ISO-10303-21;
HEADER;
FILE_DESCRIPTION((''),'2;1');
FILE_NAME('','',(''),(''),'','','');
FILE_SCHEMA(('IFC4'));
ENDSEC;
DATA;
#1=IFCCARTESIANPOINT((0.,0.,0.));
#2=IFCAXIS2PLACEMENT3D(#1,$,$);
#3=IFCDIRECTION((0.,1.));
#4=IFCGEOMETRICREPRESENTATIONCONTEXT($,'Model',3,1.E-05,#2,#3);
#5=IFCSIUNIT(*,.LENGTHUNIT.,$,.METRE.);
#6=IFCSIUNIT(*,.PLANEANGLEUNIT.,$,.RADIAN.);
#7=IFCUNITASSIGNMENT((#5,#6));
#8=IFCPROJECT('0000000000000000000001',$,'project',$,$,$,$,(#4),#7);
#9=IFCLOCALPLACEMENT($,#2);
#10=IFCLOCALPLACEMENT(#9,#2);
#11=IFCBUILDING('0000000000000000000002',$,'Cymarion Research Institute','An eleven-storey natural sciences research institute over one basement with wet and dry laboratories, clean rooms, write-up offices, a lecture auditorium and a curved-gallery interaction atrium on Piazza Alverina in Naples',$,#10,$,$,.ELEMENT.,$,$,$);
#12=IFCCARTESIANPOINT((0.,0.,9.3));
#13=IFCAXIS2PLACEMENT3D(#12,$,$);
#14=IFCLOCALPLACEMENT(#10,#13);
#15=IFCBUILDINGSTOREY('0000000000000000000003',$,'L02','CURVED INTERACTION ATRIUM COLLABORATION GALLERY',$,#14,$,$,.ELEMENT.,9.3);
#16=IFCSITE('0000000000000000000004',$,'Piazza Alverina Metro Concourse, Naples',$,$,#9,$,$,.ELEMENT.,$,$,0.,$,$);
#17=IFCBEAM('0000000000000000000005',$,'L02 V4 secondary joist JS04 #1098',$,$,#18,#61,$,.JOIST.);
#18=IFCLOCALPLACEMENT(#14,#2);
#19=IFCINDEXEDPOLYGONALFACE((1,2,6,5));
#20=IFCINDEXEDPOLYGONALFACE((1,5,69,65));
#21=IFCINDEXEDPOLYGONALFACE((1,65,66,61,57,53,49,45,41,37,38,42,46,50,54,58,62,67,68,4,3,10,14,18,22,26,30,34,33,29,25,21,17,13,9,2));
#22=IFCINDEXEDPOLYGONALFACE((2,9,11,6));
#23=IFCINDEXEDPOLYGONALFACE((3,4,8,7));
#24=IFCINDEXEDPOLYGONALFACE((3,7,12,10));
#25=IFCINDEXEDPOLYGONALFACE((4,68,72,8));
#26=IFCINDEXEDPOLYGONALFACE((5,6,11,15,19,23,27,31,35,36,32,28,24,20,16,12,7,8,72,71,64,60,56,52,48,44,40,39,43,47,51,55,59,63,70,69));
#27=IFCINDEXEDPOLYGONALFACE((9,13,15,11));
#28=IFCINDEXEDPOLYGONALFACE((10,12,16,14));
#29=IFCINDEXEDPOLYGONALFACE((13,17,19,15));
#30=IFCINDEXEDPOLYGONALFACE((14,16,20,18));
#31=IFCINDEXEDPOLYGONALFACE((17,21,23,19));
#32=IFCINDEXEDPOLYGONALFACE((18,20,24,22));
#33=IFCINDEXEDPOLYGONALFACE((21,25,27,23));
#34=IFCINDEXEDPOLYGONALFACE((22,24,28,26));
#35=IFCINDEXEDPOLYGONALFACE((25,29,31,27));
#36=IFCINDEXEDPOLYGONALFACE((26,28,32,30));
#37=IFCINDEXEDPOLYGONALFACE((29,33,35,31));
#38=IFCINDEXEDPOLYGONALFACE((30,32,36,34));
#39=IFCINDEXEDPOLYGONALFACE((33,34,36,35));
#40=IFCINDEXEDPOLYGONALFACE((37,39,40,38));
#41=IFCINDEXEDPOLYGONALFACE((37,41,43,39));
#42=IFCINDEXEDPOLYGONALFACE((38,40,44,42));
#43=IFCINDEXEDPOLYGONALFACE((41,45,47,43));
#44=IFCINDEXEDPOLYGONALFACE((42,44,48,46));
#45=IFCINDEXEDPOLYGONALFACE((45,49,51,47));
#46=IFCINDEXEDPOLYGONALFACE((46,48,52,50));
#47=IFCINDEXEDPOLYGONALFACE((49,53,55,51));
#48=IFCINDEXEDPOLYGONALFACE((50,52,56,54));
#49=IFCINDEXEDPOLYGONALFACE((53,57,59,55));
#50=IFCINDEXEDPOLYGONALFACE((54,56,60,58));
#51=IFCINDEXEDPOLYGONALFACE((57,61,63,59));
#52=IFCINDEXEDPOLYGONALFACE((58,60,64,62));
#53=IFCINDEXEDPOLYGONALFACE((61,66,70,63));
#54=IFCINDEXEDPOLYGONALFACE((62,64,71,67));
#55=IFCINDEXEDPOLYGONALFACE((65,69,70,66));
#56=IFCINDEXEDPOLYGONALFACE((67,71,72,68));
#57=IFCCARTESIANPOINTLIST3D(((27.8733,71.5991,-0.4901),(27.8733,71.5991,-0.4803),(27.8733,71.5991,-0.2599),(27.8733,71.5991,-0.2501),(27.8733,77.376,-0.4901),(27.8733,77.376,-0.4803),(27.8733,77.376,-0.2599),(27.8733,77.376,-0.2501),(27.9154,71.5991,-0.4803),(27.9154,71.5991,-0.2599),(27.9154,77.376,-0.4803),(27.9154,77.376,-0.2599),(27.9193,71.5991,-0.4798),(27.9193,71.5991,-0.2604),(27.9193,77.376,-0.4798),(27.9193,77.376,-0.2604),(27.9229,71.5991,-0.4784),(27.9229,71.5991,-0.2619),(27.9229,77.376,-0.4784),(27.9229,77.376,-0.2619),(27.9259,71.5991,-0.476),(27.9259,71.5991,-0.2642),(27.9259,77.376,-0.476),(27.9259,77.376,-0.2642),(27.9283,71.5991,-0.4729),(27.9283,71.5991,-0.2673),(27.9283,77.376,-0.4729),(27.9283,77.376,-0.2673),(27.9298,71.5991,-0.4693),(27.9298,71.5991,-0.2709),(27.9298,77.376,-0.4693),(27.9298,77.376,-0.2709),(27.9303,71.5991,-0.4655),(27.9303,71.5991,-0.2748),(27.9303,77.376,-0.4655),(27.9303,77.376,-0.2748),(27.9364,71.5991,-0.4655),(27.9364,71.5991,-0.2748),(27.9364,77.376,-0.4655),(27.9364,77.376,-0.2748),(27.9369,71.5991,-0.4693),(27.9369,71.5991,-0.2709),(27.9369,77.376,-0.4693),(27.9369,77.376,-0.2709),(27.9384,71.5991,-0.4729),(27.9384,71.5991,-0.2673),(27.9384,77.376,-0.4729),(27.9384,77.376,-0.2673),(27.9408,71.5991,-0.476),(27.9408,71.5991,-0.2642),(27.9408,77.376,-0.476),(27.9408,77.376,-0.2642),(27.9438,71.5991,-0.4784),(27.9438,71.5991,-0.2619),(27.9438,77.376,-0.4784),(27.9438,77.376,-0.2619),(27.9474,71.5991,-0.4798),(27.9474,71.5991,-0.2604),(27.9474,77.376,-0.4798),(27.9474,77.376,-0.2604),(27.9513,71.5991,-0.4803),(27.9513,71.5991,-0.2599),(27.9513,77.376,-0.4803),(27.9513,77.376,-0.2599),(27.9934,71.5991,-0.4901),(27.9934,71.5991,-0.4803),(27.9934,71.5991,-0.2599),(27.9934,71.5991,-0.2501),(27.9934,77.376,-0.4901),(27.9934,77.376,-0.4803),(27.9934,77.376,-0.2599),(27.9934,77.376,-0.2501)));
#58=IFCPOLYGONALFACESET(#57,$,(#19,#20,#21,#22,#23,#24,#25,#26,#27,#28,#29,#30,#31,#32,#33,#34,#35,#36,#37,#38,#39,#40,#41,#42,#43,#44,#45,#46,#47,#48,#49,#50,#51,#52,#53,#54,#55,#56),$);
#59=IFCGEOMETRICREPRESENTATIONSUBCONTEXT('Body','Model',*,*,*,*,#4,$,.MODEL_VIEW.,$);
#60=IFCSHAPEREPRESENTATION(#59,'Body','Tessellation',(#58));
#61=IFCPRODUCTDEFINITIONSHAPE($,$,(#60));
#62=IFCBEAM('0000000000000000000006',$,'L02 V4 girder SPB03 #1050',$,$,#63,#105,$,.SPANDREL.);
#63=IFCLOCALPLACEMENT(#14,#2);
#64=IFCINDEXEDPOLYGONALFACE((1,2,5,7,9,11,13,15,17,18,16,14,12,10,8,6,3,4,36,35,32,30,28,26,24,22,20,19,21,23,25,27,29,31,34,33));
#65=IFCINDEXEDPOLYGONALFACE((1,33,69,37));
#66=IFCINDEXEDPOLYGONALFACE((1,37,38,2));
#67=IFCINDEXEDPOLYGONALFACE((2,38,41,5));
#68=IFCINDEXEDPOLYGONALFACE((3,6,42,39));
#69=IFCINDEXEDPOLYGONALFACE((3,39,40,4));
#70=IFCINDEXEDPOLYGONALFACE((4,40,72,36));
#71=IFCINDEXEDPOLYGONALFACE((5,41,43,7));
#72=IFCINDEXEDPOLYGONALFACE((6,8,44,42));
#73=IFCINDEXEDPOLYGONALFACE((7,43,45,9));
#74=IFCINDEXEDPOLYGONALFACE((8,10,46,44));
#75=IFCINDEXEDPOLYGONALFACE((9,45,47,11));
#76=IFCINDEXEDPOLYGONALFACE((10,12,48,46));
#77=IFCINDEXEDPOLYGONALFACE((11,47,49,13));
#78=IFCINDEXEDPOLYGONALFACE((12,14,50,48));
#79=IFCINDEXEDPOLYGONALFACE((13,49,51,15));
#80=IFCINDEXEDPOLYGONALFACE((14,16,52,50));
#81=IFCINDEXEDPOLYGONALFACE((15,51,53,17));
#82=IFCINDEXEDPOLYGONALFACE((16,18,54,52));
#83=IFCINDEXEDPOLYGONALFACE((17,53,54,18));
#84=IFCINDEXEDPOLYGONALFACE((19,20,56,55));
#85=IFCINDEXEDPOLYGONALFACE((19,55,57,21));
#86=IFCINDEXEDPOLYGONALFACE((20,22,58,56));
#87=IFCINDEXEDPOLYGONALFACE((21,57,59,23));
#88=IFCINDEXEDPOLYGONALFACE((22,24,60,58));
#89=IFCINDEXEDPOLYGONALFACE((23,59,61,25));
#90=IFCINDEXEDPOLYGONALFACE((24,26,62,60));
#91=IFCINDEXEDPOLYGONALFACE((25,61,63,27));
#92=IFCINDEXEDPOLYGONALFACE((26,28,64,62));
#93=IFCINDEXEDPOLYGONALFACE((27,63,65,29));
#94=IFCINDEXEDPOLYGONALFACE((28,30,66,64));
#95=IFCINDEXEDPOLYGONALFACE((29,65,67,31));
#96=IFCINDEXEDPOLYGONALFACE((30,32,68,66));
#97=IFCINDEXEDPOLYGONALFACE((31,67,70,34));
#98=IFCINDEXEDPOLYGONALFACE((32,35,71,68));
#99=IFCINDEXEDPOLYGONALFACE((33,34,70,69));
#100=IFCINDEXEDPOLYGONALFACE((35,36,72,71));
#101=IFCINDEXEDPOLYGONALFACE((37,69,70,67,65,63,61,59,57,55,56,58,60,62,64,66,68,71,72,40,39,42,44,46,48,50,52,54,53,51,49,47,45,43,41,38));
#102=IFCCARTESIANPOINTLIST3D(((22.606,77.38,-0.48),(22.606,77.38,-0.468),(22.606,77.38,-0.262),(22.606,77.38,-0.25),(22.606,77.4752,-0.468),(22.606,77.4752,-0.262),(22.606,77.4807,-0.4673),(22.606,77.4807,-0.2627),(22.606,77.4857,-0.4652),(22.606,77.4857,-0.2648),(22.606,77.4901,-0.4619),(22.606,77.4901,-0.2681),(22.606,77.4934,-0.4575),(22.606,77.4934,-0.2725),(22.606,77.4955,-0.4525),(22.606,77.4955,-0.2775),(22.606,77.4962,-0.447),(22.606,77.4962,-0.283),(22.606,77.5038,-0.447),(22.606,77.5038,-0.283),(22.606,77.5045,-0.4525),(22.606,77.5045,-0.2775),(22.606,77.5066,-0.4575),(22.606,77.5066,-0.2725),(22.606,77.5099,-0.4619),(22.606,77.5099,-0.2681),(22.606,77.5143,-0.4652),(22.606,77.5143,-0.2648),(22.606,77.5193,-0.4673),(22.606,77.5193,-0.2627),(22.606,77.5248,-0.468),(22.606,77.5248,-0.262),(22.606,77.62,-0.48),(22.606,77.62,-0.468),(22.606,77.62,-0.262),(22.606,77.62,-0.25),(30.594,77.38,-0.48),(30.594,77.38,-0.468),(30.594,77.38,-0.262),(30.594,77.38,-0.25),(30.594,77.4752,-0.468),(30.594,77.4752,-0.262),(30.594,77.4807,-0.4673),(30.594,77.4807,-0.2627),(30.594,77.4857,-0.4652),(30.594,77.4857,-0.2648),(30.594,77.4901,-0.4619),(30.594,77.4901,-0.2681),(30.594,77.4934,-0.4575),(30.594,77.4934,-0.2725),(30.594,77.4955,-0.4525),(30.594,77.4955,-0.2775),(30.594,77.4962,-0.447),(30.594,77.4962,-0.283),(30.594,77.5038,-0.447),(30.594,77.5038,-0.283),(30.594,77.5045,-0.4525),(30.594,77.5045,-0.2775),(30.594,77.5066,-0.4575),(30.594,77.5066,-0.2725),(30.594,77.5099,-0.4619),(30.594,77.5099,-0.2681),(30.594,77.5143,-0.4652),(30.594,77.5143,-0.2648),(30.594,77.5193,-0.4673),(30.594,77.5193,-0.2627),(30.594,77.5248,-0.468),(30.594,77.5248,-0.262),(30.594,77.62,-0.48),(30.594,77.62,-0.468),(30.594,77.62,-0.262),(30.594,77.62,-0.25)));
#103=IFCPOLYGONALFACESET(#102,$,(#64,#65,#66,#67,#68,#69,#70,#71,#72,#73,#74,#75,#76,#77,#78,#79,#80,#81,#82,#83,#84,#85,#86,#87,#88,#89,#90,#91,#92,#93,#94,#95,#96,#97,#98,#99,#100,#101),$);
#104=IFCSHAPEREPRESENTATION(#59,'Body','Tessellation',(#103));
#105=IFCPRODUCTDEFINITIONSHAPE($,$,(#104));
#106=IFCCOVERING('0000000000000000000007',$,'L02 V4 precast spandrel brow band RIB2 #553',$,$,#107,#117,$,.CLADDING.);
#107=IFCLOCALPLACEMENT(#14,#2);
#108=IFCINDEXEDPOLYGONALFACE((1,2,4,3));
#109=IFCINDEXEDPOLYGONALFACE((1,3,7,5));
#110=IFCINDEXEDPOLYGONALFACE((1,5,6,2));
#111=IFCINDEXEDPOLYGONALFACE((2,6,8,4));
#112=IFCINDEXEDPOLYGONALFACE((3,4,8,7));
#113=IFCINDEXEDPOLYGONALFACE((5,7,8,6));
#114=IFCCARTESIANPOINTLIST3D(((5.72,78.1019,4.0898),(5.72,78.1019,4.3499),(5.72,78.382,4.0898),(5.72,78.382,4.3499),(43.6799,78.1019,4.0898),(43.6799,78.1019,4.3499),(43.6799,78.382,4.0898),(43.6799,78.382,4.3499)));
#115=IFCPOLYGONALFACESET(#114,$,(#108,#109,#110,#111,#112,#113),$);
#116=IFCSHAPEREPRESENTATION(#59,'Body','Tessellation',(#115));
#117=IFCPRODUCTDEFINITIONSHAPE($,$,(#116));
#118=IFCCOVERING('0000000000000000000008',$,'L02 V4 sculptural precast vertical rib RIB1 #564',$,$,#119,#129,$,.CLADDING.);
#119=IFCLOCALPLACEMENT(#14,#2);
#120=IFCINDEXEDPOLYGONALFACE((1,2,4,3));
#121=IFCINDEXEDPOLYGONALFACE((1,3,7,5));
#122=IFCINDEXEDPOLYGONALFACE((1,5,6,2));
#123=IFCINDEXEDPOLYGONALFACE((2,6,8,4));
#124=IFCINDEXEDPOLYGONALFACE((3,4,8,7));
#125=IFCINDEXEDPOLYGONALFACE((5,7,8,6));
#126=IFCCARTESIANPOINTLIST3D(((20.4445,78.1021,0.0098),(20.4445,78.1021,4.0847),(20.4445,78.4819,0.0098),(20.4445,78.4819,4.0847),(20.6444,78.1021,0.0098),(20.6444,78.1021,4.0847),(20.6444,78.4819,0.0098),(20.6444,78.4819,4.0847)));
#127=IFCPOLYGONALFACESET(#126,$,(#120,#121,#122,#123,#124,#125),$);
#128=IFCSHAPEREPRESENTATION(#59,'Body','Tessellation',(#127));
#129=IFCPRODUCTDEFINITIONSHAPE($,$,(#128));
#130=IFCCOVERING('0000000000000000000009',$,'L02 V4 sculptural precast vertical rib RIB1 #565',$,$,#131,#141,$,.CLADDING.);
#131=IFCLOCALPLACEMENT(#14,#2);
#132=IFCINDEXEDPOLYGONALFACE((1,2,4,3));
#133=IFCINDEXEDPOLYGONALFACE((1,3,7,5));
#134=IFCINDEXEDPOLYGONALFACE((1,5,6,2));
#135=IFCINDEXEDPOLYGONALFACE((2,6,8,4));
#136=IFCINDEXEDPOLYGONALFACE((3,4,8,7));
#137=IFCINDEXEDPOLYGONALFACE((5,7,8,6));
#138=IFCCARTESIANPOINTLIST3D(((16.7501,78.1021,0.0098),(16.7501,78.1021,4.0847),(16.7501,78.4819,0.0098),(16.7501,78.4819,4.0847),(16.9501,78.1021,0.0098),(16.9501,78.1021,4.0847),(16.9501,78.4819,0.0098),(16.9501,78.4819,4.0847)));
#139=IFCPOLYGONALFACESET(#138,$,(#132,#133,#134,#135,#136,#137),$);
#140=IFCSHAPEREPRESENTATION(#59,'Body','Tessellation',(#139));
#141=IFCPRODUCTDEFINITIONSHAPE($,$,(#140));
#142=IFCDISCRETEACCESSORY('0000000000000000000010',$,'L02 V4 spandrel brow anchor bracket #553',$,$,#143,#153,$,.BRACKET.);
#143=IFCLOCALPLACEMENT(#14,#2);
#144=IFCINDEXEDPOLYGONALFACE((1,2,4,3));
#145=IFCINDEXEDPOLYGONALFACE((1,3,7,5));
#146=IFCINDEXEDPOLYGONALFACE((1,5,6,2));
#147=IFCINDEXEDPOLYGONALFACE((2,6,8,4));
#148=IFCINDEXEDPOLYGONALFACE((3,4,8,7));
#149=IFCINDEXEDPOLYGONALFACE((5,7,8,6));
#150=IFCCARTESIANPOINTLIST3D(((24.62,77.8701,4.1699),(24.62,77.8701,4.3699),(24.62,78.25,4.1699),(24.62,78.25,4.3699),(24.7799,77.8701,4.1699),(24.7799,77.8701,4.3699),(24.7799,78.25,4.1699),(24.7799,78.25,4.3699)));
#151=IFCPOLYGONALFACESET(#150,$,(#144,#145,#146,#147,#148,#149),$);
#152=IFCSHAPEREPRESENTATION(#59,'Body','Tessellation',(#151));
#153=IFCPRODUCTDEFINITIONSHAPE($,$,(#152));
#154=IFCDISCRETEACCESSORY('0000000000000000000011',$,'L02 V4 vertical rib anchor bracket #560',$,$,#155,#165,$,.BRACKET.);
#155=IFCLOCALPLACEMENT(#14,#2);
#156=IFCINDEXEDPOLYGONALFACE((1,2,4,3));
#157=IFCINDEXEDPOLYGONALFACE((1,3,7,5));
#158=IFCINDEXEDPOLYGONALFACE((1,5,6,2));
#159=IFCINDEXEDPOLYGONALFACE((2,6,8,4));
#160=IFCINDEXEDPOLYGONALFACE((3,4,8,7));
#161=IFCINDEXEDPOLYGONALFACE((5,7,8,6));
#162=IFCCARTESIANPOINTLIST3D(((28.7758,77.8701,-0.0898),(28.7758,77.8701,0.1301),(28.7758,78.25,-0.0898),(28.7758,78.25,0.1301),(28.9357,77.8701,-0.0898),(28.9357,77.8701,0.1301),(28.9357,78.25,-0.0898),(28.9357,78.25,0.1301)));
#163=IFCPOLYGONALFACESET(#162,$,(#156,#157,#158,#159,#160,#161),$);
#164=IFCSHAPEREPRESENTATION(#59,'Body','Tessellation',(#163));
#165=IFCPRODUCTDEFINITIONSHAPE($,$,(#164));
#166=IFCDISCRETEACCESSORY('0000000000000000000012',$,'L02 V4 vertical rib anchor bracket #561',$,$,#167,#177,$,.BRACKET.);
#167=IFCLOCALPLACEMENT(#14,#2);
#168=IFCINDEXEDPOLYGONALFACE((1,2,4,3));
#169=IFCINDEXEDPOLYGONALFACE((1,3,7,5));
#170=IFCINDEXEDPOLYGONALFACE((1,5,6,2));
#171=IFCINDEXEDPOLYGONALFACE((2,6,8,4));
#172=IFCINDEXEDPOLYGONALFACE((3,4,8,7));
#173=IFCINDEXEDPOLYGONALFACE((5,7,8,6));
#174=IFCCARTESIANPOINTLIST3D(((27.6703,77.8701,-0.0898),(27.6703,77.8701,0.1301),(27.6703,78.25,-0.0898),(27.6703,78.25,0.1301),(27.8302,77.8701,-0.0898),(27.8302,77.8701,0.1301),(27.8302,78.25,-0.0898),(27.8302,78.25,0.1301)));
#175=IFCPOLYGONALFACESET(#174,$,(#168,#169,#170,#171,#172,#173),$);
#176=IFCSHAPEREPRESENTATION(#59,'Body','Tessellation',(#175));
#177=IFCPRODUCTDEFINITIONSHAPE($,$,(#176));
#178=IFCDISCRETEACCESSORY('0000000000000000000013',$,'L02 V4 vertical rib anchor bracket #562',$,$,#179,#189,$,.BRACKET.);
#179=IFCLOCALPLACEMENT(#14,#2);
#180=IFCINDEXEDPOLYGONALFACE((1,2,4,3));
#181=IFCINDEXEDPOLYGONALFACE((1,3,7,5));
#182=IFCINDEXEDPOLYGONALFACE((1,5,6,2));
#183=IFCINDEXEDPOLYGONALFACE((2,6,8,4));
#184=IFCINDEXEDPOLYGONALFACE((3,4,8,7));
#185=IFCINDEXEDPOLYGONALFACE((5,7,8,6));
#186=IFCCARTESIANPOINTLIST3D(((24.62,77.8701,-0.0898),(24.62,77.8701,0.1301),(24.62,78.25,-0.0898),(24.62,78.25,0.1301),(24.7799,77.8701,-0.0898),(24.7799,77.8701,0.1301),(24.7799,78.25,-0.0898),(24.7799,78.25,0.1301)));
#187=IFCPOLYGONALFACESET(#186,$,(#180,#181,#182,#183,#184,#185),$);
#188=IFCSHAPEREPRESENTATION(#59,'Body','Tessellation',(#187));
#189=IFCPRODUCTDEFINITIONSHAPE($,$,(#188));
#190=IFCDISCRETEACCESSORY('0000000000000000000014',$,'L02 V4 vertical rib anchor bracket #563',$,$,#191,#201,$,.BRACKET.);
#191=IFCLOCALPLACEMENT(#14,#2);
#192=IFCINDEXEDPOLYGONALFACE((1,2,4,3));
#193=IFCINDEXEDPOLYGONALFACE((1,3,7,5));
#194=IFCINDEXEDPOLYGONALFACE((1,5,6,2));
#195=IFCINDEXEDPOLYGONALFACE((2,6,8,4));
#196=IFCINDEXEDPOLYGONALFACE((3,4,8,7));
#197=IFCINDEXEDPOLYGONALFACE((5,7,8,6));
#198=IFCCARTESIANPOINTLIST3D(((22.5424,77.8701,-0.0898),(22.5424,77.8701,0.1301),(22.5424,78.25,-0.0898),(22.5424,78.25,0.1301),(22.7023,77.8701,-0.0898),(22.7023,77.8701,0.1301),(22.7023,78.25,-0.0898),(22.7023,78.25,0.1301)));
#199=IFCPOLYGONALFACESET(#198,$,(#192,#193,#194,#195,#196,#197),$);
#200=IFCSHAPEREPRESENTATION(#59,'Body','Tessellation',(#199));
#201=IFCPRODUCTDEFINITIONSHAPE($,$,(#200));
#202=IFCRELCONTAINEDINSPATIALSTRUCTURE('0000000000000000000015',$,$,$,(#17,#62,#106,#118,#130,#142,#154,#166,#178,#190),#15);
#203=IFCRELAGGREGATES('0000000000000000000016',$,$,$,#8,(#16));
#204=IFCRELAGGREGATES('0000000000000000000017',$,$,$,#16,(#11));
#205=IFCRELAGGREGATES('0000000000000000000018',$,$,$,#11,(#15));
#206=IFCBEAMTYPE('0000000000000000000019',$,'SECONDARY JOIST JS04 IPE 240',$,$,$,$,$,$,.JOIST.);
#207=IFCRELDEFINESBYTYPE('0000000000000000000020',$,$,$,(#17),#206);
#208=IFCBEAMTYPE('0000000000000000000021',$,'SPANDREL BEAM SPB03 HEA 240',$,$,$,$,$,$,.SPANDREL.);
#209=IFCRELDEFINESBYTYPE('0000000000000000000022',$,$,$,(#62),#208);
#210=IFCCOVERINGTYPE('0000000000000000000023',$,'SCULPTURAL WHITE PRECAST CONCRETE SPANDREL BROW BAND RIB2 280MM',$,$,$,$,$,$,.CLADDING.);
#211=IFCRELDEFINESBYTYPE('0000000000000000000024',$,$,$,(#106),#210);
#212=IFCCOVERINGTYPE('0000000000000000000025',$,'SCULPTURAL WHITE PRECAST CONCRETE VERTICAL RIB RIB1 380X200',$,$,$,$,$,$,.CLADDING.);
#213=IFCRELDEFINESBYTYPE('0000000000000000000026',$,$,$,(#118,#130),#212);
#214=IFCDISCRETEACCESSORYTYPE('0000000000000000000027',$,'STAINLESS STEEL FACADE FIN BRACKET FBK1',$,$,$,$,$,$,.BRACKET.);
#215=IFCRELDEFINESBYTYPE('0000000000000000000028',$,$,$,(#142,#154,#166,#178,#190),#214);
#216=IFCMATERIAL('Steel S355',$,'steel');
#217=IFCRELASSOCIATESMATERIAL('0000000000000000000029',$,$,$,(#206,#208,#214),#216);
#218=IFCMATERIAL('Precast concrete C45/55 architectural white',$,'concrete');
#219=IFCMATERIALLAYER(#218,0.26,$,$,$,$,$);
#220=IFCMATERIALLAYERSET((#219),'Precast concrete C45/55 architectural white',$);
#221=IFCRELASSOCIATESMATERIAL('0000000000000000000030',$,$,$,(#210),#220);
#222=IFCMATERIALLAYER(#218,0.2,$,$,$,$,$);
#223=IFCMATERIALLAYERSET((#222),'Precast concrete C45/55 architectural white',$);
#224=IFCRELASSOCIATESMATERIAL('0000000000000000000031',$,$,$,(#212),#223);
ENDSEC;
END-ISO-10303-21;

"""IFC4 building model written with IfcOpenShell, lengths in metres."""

from ifc_helpers import new_model, si_unit, direction, frame, origin, origin_2d, place, context, subcontext, project, spatial, rectangle, i_section, extrude, material, layer, layer_set, material_profile, profile_set, type_object, element, save


model = new_model("IFC4")

# Units and contexts
model_context = context("Model", 3, precision=1e-05, world=origin(), true_north=direction((0.0, 1.0)))
body_context = subcontext(model_context, "Body", "Model", "MODEL_VIEW")
ifc_project = project(units=[si_unit("LENGTHUNIT", "METRE"), si_unit("PLANEANGLEUNIT", "RADIAN")], contexts=[model_context])

# Site, building, storey
site_placement = place(None, origin())
site = spatial("IfcSite", under=ifc_project, at=site_placement, Name="Piazza Alverina Metro Concourse, Naples", CompositionType="ELEMENT", RefElevation=0.0)
building_placement = place(site_placement, origin())
building = spatial("IfcBuilding", under=site, at=building_placement, Name="Cymarion Research Institute", Description="An eleven-storey natural sciences research institute over one basement with wet and dry laboratories, clean rooms, write-up offices, a lecture auditorium and a curved-gallery interaction atrium on Piazza Alverina in Naples", CompositionType="ELEMENT")
storey_placement = place(building_placement, frame((0.0, 0.0, 9.3)))
storey = spatial("IfcBuildingStorey", under=building, at=storey_placement, Name="L02", Description="CURVED INTERACTION ATRIUM COLLABORATION GALLERY", CompositionType="ELEMENT", Elevation=9.3)

# Shared definitions
ifc_material_1 = material(Name="Steel S355", Category="steel")

# Beams
ifc_material_profile_1 = material_profile(ifc_material_1, i_section(OverallWidth=0.1201, OverallDepth=0.24, WebThickness=0.0061, FlangeThickness=0.0098, FilletRadius=0.0149, at=origin_2d()), Name="IPE 240")
ifc_profile_set_1 = profile_set([ifc_material_profile_1], Name="Steel S355")
beam_type_1 = type_object("IfcBeamType", Name="SECONDARY JOIST JS04 IPE 240", PredefinedType="JOIST", material=ifc_profile_set_1)
for number, where, z_axis, x_axis, name in (
    (1, (27.9333, 71.5991, -0.3701), (0.0, 1.0, 0.0), (-1.0, 0.0, 0.0), "L02 V4 secondary joist JS04 #1098"),
):
    element("IfcBeam", number, at=place(storey_placement, frame(where, z_axis=z_axis, x_axis=x_axis)), inside=storey, type_object=beam_type_1, Name=name, PredefinedType="JOIST", context=body_context, shape_type="SweptSolid", body=[
        extrude(i_section(OverallWidth=0.1201, OverallDepth=0.24, WebThickness=0.0061, FlangeThickness=0.0098, FilletRadius=0.0149, at=origin_2d()), origin(), (0.0, 0.0, 1.0), 5.7769),
    ])
ifc_material_profile_2 = material_profile(ifc_material_1, i_section(OverallWidth=0.24, OverallDepth=0.23, WebThickness=0.0076, FlangeThickness=0.012, FilletRadius=0.021, at=origin_2d()), Name="HEA 240")
ifc_profile_set_2 = profile_set([ifc_material_profile_2], Name="Steel S355")
beam_type_2 = type_object("IfcBeamType", Name="SPANDREL BEAM SPB03 HEA 240", PredefinedType="SPANDREL", material=ifc_profile_set_2)
beam_1_placement = place(storey_placement, frame((22.606, 77.5, -0.365), z_axis=(1.0, 0.0, 0.0), x_axis=(0.0, 1.0, 0.0)))
element("IfcBeam", 2, at=beam_1_placement, inside=storey, type_object=beam_type_2, Name="L02 V4 girder SPB03 #1050", PredefinedType="SPANDREL", context=body_context, shape_type="SweptSolid", body=[
    extrude(i_section(OverallWidth=0.24, OverallDepth=0.23, WebThickness=0.0076, FlangeThickness=0.012, FilletRadius=0.021, at=origin_2d()), origin(), (0.0, 0.0, 1.0), 7.988),
])

# Coverings
ifc_material_2 = material(Name="Precast concrete C45/55 architectural white", Category="concrete")
ifc_layer_1 = layer(ifc_material_2, 0.26)
ifc_layer_set_1 = layer_set([ifc_layer_1], Name="Precast concrete C45/55 architectural white")
covering_type_1 = type_object("IfcCoveringType", Name="SCULPTURAL WHITE PRECAST CONCRETE SPANDREL BROW BAND RIB2 280MM", PredefinedType="CLADDING", material=ifc_layer_set_1)
covering_placement = place(storey_placement, frame((24.7, 78.2419, 4.0898), z_axis=(0.0, 0.0, 1.0), x_axis=(0.0, 1.0, 0.0)))
element("IfcCovering", 3, at=covering_placement, inside=storey, type_object=covering_type_1, Name="L02 V4 precast spandrel brow band RIB2 #553", PredefinedType="CLADDING", context=body_context, shape_type="SweptSolid", body=[
    extrude(rectangle(XDim=0.28, YDim=37.96, at=origin_2d()), origin(), (0.0, 0.0, 1.0), 0.26),
])
ifc_layer_2 = layer(ifc_material_2, 0.2)
ifc_layer_set_2 = layer_set([ifc_layer_2], Name="Precast concrete C45/55 architectural white")
covering_type_2 = type_object("IfcCoveringType", Name="SCULPTURAL WHITE PRECAST CONCRETE VERTICAL RIB RIB1 380X200", PredefinedType="CLADDING", material=ifc_layer_set_2)
for number, where, z_axis, x_axis, name in (
    (4, (20.5444, 78.292, 0.0098), (0.0, 0.0, 1.0), (0.0, 1.0, 0.0), "L02 V4 sculptural precast vertical rib RIB1 #564"),
    (5, (16.8501, 78.292, 0.0098), (0.0, 0.0, 1.0), (0.0, 1.0, 0.0), "L02 V4 sculptural precast vertical rib RIB1 #565"),
):
    element("IfcCovering", number, at=place(storey_placement, frame(where, z_axis=z_axis, x_axis=x_axis)), inside=storey, type_object=covering_type_2, Name=name, PredefinedType="CLADDING", context=body_context, shape_type="SweptSolid", body=[
        extrude(rectangle(XDim=0.3799, YDim=0.2, at=origin_2d()), origin(), (0.0, 0.0, 1.0), 4.075),
    ])

# Discrete accessories
discrete_accessory_type = type_object("IfcDiscreteAccessoryType", Name="STAINLESS STEEL FACADE FIN BRACKET FBK1", PredefinedType="BRACKET", material=ifc_material_1)
discrete_accessory_placement = place(storey_placement, frame((24.7, 78.0601, 4.1699), z_axis=(0.0, 0.0, 1.0), x_axis=(0.0, 1.0, 0.0)))
element("IfcDiscreteAccessory", 6, at=discrete_accessory_placement, inside=storey, type_object=discrete_accessory_type, Name="L02 V4 spandrel brow anchor bracket #553", PredefinedType="BRACKET", context=body_context, shape_type="SweptSolid", body=[
    extrude(rectangle(XDim=0.3799, YDim=0.1599, at=origin_2d()), origin(), (0.0, 0.0, 1.0), 0.2),
])
for number, where, z_axis, x_axis, name in (
    (7, (28.8557, 78.0601, -0.0898), (0.0, 0.0, 1.0), (0.0, 1.0, 0.0), "L02 V4 vertical rib anchor bracket #560"),
    (8, (27.7502, 78.0601, -0.0898), (0.0, 0.0, 1.0), (0.0, 1.0, 0.0), "L02 V4 vertical rib anchor bracket #561"),
    (9, (24.7, 78.0601, -0.0898), (0.0, 0.0, 1.0), (0.0, 1.0, 0.0), "L02 V4 vertical rib anchor bracket #562"),
    (10, (22.6223, 78.0601, -0.0898), (0.0, 0.0, 1.0), (0.0, 1.0, 0.0), "L02 V4 vertical rib anchor bracket #563"),
):
    element("IfcDiscreteAccessory", number, at=place(storey_placement, frame(where, z_axis=z_axis, x_axis=x_axis)), inside=storey, type_object=discrete_accessory_type, Name=name, PredefinedType="BRACKET", context=body_context, shape_type="SweptSolid", body=[
        extrude(rectangle(XDim=0.3799, YDim=0.1599, at=origin_2d()), origin(), (0.0, 0.0, 1.0), 0.22),
    ])

save(model, "model.ifc")
